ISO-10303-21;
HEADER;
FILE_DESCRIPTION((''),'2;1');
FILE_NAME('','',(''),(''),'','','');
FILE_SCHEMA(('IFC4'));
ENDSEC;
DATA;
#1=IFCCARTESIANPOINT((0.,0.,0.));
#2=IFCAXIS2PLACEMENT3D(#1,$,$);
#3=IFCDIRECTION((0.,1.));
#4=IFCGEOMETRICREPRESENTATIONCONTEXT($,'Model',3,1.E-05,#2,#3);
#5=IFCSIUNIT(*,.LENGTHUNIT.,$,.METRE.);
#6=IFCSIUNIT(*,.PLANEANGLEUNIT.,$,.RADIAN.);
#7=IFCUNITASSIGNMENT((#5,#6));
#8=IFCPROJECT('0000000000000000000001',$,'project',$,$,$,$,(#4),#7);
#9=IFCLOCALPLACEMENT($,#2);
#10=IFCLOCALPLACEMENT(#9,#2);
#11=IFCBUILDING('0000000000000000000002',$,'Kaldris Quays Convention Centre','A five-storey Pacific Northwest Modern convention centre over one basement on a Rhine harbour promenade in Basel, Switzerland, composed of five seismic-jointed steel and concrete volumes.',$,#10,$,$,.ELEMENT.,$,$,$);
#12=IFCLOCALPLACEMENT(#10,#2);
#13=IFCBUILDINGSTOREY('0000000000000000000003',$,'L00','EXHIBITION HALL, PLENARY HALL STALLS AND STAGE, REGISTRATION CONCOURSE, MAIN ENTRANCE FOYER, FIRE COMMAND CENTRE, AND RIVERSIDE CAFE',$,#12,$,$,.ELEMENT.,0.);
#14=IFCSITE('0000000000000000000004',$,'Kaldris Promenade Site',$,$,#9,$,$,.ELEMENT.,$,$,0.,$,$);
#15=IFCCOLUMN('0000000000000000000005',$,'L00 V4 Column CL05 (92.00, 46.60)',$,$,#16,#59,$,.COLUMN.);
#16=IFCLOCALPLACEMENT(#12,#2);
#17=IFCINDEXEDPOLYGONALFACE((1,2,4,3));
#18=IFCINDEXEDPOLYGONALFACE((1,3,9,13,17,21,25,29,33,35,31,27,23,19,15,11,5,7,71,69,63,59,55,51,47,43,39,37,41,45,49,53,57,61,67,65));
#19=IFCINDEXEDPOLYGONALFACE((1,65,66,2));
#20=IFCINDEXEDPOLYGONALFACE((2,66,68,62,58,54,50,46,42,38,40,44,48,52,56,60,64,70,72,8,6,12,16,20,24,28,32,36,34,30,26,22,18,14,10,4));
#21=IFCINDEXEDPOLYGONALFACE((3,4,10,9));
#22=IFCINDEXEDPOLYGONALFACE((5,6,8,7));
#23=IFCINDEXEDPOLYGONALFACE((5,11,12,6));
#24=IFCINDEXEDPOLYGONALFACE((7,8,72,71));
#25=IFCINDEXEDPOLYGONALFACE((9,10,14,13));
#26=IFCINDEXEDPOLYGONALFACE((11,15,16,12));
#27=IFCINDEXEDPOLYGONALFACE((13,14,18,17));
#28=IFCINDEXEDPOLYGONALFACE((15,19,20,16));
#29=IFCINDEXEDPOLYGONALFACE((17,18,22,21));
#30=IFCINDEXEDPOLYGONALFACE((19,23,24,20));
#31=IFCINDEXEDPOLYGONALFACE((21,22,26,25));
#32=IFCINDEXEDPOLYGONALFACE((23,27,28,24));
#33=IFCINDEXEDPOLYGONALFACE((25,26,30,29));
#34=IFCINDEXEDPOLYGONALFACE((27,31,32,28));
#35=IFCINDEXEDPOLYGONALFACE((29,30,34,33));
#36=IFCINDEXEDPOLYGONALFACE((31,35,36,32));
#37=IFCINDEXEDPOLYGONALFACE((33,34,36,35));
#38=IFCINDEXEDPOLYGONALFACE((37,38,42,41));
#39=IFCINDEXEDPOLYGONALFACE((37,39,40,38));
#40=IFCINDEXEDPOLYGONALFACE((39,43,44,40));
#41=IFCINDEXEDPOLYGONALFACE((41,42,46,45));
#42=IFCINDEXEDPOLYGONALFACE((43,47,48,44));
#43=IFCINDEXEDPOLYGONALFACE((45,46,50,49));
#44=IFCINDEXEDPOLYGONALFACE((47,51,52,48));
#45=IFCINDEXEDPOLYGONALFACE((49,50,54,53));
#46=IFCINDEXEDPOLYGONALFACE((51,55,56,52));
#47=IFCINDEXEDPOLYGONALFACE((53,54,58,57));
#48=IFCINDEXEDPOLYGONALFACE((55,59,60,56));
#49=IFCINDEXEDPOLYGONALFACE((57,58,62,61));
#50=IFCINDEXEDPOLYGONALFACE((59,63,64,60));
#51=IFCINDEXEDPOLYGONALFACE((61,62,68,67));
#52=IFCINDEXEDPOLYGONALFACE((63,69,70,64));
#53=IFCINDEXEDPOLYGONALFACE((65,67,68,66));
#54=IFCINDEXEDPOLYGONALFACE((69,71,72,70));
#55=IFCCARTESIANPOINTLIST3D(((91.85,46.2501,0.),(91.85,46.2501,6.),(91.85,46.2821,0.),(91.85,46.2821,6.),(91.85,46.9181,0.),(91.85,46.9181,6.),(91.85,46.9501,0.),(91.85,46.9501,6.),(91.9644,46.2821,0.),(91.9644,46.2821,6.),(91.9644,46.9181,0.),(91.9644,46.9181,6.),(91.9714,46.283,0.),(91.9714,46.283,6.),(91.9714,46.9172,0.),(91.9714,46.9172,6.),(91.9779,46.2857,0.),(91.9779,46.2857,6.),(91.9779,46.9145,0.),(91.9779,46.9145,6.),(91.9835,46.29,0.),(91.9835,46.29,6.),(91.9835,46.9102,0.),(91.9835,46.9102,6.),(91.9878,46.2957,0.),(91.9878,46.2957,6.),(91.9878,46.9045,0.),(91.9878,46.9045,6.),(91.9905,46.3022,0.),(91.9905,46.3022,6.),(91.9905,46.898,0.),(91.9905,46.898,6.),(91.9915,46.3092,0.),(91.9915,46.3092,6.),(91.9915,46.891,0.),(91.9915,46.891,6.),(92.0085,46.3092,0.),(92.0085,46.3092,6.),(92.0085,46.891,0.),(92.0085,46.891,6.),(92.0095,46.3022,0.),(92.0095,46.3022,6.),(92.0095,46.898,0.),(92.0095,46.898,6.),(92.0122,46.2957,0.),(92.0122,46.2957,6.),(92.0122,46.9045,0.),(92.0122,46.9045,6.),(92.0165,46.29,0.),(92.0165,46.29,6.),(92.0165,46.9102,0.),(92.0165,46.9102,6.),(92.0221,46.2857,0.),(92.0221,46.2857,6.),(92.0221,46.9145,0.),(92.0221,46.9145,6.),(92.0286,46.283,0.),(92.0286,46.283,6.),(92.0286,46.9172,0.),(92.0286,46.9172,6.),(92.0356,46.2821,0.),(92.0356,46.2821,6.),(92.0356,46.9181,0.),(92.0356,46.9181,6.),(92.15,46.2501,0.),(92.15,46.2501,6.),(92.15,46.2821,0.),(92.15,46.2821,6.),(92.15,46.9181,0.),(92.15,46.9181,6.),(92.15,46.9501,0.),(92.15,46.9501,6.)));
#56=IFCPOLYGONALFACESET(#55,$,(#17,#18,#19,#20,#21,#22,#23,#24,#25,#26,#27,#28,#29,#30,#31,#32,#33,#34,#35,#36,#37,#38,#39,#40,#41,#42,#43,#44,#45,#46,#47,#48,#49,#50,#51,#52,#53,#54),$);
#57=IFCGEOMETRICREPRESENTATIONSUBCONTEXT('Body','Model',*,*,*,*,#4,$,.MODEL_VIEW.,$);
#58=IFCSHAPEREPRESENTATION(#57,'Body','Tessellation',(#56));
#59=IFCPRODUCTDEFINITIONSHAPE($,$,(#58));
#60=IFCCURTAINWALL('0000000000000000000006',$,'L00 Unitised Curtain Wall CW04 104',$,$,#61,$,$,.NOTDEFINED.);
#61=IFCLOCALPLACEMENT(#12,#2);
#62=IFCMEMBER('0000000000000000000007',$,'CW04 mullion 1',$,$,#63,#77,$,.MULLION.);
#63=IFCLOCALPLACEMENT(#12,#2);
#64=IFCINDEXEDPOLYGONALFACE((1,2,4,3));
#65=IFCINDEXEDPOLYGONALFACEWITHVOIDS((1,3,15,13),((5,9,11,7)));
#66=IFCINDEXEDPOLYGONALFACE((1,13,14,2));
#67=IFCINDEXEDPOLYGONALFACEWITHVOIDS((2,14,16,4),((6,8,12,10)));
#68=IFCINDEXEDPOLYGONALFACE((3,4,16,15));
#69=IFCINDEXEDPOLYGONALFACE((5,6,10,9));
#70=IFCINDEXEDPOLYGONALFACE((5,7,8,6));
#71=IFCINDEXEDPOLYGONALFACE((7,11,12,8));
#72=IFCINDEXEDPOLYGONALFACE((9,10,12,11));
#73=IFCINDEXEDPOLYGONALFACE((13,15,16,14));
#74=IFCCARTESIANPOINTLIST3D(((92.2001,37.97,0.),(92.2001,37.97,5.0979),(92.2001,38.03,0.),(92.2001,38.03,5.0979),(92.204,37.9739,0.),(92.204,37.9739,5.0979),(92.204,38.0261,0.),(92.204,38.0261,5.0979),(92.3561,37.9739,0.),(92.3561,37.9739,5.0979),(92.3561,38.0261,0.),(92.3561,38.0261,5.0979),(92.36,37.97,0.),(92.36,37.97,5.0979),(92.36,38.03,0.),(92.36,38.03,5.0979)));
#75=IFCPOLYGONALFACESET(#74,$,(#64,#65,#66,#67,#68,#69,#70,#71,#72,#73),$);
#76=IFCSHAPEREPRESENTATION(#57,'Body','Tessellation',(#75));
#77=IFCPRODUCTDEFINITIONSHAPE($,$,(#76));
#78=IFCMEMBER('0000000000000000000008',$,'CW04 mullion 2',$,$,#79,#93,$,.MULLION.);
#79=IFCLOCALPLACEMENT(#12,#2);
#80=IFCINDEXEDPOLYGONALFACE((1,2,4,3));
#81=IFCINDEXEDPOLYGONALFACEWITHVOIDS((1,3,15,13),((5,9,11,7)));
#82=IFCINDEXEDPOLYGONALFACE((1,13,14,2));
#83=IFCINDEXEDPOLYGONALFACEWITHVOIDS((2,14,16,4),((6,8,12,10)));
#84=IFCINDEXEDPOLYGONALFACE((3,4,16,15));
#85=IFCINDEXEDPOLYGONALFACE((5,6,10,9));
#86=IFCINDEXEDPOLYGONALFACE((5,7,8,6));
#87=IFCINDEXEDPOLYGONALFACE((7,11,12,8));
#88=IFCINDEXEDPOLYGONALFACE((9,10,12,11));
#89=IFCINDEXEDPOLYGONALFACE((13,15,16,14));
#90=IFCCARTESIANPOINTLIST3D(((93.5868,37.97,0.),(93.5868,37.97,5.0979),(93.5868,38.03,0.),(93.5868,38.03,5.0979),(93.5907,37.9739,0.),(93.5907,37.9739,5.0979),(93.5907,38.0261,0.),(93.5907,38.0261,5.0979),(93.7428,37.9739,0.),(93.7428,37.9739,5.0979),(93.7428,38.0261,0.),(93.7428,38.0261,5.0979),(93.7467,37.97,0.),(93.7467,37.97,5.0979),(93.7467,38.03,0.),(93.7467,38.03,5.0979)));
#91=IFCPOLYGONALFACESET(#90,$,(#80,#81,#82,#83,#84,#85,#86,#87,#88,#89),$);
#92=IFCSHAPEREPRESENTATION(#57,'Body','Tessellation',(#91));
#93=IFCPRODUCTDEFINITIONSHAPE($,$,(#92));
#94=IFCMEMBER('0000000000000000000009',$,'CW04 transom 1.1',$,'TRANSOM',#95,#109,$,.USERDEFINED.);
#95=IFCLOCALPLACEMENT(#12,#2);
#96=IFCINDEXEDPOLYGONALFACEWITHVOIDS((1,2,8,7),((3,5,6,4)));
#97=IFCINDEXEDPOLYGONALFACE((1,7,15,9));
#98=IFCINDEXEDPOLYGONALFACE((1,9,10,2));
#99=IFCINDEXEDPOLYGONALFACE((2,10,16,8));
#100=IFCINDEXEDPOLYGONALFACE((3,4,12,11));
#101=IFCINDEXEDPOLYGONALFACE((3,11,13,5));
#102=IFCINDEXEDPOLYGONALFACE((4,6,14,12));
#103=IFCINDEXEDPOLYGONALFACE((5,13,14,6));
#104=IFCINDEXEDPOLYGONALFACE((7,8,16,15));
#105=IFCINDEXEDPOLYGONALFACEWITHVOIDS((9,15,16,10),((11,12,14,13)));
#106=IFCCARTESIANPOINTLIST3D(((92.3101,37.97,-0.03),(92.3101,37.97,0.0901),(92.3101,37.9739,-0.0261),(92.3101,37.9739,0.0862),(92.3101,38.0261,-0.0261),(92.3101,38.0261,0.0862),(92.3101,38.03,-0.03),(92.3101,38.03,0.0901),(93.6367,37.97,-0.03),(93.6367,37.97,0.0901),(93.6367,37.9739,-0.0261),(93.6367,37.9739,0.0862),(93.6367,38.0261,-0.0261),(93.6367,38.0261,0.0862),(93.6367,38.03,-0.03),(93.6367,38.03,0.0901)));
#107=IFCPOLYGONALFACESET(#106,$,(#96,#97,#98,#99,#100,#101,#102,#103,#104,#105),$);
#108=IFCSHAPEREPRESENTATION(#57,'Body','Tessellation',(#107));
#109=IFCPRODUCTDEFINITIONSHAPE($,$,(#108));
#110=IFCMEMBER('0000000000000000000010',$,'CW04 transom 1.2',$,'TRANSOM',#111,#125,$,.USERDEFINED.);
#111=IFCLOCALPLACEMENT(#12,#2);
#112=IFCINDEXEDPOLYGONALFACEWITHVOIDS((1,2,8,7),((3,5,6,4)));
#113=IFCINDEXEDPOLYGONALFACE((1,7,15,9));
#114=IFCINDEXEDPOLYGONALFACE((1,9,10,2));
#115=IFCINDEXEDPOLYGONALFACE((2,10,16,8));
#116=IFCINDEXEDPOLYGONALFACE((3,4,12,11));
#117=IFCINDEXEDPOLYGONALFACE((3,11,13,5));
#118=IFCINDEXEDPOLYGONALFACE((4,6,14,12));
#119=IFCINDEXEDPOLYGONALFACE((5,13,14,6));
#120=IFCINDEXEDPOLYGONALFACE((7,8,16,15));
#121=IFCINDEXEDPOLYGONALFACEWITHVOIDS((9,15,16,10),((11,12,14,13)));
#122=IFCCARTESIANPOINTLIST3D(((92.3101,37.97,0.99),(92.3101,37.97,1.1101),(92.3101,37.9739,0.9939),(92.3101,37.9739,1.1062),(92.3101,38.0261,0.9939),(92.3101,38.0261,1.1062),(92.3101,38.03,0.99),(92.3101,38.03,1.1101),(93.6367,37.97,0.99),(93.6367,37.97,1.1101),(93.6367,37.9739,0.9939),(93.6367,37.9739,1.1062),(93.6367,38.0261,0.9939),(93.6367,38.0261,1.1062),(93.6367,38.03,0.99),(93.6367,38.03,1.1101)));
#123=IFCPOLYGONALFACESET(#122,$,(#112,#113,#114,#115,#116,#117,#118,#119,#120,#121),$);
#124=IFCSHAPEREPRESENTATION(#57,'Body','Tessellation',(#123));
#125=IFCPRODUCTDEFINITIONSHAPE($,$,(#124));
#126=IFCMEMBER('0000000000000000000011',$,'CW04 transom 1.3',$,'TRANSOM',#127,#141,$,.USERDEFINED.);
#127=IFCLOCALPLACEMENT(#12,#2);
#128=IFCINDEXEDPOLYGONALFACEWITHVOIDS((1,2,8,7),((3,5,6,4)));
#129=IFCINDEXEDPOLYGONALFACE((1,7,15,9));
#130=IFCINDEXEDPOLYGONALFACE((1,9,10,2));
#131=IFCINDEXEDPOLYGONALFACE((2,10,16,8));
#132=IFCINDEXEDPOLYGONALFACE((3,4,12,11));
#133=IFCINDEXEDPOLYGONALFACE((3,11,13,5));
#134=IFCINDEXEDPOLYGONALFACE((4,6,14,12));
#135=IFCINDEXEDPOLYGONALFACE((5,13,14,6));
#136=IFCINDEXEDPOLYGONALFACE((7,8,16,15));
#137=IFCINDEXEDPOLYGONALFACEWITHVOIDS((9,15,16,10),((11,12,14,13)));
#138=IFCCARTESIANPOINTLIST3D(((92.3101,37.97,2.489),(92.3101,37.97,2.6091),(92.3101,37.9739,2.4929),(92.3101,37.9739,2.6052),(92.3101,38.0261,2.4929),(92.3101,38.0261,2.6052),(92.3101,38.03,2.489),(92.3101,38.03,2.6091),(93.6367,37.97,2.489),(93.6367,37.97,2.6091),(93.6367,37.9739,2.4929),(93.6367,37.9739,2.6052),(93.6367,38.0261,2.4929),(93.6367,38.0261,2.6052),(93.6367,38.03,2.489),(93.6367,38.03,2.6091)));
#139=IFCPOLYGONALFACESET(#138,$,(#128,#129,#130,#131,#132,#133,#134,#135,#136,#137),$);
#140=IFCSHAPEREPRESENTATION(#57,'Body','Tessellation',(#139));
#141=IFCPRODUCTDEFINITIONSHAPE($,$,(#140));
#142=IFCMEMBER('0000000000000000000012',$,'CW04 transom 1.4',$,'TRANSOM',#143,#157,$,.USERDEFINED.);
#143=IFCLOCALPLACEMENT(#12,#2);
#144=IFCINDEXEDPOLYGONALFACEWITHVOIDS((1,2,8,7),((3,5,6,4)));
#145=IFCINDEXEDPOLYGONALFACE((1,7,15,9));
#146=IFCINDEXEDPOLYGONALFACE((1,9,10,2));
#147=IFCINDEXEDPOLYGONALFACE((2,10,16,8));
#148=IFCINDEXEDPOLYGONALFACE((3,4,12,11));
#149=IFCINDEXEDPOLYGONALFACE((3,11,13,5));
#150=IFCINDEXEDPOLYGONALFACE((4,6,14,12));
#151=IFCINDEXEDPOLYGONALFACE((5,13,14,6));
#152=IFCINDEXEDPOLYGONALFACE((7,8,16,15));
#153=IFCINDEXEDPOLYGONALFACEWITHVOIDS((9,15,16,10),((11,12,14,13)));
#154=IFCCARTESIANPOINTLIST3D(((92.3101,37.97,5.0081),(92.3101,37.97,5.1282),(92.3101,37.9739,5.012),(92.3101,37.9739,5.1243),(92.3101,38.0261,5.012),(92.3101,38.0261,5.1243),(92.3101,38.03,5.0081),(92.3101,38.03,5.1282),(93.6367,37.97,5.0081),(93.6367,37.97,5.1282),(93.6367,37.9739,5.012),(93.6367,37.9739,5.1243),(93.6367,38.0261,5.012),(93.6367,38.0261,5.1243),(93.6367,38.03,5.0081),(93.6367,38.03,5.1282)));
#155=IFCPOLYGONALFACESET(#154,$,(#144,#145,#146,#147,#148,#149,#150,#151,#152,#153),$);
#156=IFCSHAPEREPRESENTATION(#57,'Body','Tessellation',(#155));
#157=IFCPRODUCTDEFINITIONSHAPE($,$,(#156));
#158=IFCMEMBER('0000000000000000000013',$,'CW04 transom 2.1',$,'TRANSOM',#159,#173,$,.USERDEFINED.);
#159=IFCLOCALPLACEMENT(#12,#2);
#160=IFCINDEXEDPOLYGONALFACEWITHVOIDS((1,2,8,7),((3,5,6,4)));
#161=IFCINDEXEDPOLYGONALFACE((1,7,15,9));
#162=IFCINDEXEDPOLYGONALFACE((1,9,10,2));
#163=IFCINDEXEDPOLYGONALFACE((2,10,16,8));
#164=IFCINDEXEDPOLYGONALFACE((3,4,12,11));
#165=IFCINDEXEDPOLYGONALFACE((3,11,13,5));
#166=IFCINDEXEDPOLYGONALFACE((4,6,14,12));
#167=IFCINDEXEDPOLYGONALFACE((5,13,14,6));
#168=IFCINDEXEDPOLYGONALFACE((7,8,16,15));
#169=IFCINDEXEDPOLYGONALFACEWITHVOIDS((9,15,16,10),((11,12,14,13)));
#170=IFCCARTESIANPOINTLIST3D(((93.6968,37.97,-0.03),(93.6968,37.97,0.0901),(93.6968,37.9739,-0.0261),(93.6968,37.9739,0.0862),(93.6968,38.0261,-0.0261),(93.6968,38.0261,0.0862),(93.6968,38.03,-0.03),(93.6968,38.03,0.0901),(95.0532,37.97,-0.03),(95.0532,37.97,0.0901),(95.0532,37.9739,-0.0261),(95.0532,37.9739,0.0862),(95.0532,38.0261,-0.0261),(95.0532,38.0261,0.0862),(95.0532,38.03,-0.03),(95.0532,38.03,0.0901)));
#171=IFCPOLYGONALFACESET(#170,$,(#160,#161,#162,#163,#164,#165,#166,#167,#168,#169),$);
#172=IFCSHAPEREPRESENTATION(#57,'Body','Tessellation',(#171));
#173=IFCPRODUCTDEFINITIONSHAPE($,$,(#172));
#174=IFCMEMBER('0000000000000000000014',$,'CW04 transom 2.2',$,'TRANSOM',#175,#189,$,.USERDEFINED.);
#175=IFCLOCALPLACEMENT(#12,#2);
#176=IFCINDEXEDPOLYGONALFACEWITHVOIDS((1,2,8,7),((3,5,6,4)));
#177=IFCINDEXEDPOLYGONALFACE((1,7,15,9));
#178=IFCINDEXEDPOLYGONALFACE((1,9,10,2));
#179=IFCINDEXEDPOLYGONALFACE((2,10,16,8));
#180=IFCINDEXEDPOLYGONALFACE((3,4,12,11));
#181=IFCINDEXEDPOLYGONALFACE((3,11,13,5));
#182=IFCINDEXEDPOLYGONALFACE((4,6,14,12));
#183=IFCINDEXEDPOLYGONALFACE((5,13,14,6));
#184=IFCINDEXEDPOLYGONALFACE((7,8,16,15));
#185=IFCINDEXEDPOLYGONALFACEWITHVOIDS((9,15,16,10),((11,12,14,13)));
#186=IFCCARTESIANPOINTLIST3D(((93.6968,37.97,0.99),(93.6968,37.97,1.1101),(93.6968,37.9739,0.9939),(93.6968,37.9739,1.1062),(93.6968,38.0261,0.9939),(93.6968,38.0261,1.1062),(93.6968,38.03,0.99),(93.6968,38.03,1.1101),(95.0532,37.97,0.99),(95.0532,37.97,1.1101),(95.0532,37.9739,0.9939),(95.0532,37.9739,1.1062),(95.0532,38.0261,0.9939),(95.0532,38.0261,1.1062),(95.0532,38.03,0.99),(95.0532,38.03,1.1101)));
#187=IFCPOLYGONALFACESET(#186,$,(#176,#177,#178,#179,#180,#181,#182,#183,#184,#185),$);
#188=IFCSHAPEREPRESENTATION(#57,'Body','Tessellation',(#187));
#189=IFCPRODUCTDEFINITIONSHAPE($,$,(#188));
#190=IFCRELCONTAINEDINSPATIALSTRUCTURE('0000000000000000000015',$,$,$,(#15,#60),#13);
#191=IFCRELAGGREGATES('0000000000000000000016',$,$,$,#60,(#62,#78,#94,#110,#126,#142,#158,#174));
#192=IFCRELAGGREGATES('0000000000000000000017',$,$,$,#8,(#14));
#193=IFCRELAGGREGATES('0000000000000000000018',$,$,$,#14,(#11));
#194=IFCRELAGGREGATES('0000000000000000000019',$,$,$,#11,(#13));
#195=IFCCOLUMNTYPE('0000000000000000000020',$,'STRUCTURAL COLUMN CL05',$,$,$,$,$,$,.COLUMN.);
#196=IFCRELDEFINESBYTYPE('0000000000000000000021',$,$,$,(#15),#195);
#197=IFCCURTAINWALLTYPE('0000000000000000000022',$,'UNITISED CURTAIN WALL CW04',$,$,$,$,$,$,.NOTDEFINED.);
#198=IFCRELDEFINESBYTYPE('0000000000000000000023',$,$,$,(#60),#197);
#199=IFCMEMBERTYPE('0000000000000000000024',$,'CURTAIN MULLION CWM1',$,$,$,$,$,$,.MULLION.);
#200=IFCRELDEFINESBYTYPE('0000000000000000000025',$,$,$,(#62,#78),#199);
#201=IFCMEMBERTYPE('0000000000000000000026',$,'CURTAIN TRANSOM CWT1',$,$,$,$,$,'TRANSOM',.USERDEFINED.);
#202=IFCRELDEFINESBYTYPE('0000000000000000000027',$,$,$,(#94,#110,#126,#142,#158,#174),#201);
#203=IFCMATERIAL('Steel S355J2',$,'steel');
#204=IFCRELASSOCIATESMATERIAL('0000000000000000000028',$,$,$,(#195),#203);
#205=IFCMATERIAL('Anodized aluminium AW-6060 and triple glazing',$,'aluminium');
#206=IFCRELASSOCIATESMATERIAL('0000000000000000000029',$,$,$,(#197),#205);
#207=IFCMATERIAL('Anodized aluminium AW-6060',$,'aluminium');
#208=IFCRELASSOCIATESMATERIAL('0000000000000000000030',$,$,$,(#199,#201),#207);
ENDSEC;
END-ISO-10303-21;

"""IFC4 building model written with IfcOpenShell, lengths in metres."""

from ifc_helpers import new_model, si_unit, direction, frame, origin, origin_2d, place, context, subcontext, project, spatial, hollow_rectangle, i_section, extrude, material, material_profile, profile_set, type_object, element, aggregate, save


model = new_model("IFC4")

# Units and contexts
model_context = context("Model", 3, precision=1e-05, world=origin(), true_north=direction((0.0, 1.0)))
body_context = subcontext(model_context, "Body", "Model", "MODEL_VIEW")
ifc_project = project(units=[si_unit("LENGTHUNIT", "METRE"), si_unit("PLANEANGLEUNIT", "RADIAN")], contexts=[model_context])

# Site, building, storey
site_placement = place(None, origin())
site = spatial("IfcSite", under=ifc_project, at=site_placement, Name="Kaldris Promenade Site", CompositionType="ELEMENT", RefElevation=0.0)
building_placement = place(site_placement, origin())
building = spatial("IfcBuilding", under=site, at=building_placement, Name="Kaldris Quays Convention Centre", Description="A five-storey Pacific Northwest Modern convention centre over one basement on a Rhine harbour promenade in Basel, Switzerland, composed of five seismic-jointed steel and concrete volumes.", CompositionType="ELEMENT")
storey_placement = place(building_placement, origin())
storey = spatial("IfcBuildingStorey", under=building, at=storey_placement, Name="L00", Description="EXHIBITION HALL, PLENARY HALL STALLS AND STAGE, REGISTRATION CONCOURSE, MAIN ENTRANCE FOYER, FIRE COMMAND CENTRE, AND RIVERSIDE CAFE", CompositionType="ELEMENT", Elevation=0.0)

# Column
ifc_material_1 = material(Name="Steel S355J2", Category="steel")
ifc_material_profile_1 = material_profile(ifc_material_1, i_section(OverallWidth=0.3, OverallDepth=0.7, WebThickness=0.0171, FlangeThickness=0.032, FilletRadius=0.0271, at=origin_2d()), Name="HEB 700")
ifc_profile_set_1 = profile_set([ifc_material_profile_1], Name="Steel S355J2")
column_type = type_object("IfcColumnType", Name="STRUCTURAL COLUMN CL05", PredefinedType="COLUMN", material=ifc_profile_set_1)
column_placement = place(storey_placement, frame((92.0, 46.6001, 0.0), z_axis=(0.0, 0.0, 1.0), x_axis=(1.0, 0.0, 0.0)))
element("IfcColumn", 1, at=column_placement, inside=storey, type_object=column_type, Name="L00 V4 Column CL05 (92.00, 46.60)", PredefinedType="COLUMN", context=body_context, shape_type="SweptSolid", body=[
    extrude(i_section(OverallWidth=0.3, OverallDepth=0.7, WebThickness=0.0171, FlangeThickness=0.032, FilletRadius=0.0271, at=origin_2d()), origin(), (0.0, 0.0, 1.0), 6.0),
])

# Curtain wall, members
ifc_material_2 = material(Name="Anodized aluminium AW-6060 and triple glazing", Category="aluminium")
curtain_wall_type = type_object("IfcCurtainWallType", Name="UNITISED CURTAIN WALL CW04", PredefinedType="NOTDEFINED", material=ifc_material_2)
curtain_wall_placement = place(storey_placement, origin())
curtain_wall = element("IfcCurtainWall", 2, at=curtain_wall_placement, inside=storey, type_object=curtain_wall_type, Name="L00 Unitised Curtain Wall CW04 104", PredefinedType="NOTDEFINED")
ifc_material_3 = material(Name="Anodized aluminium AW-6060", Category="aluminium")
ifc_material_profile_2 = material_profile(ifc_material_3, hollow_rectangle(XDim=0.0601, YDim=0.1599, WallThickness=0.0039, at=origin_2d()), Name="RHS 160x60x4")
ifc_profile_set_2 = profile_set([ifc_material_profile_2], Name="Anodized aluminium AW-6060")
member_type_1 = type_object("IfcMemberType", Name="CURTAIN MULLION CWM1", PredefinedType="MULLION", material=ifc_profile_set_2)
member_1_placement = place(storey_placement, frame((92.28, 38.0, 0.0), z_axis=(0.0, 0.0, 1.0), x_axis=(0.0, 1.0, 0.0)))
member_1 = element("IfcMember", 3, at=member_1_placement, type_object=member_type_1, Name="CW04 mullion 1", PredefinedType="MULLION", context=body_context, shape_type="SweptSolid", body=[
    extrude(hollow_rectangle(XDim=0.0601, YDim=0.1599, WallThickness=0.0039, at=origin_2d()), origin(), (0.0, 0.0, 1.0), 5.0979),
])
member_2_placement = place(storey_placement, frame((93.6667, 38.0, 0.0), z_axis=(0.0, 0.0, 1.0), x_axis=(0.0, 1.0, 0.0)))
member_2 = element("IfcMember", 4, at=member_2_placement, type_object=member_type_1, Name="CW04 mullion 2", PredefinedType="MULLION", context=body_context, shape_type="SweptSolid", body=[
    extrude(hollow_rectangle(XDim=0.0601, YDim=0.1599, WallThickness=0.0039, at=origin_2d()), origin(), (0.0, 0.0, 1.0), 5.0979),
])
ifc_material_profile_3 = material_profile(ifc_material_3, hollow_rectangle(XDim=0.0601, YDim=0.1201, WallThickness=0.0039, at=origin_2d()), Name="RHS 120x60x4")
ifc_profile_set_3 = profile_set([ifc_material_profile_3], Name="Anodized aluminium AW-6060")
member_type_2 = type_object("IfcMemberType", Name="CURTAIN TRANSOM CWT1", ElementType="TRANSOM", PredefinedType="USERDEFINED", material=ifc_profile_set_3)
member_3_placement = place(storey_placement, frame((92.3101, 38.0, 0.03), z_axis=(1.0, 0.0, 0.0), x_axis=(0.0, 1.0, 0.0)))
member_3 = element("IfcMember", 5, at=member_3_placement, type_object=member_type_2, Name="CW04 transom 1.1", ObjectType="TRANSOM", PredefinedType="USERDEFINED", context=body_context, shape_type="SweptSolid", body=[
    extrude(hollow_rectangle(XDim=0.0601, YDim=0.1201, WallThickness=0.0039, at=origin_2d()), origin(), (0.0, 0.0, 1.0), 1.3267),
])
member_4_placement = place(storey_placement, frame((92.3101, 38.0, 1.05), z_axis=(1.0, 0.0, 0.0), x_axis=(0.0, 1.0, 0.0)))
member_4 = element("IfcMember", 6, at=member_4_placement, type_object=member_type_2, Name="CW04 transom 1.2", ObjectType="TRANSOM", PredefinedType="USERDEFINED", context=body_context, shape_type="SweptSolid", body=[
    extrude(hollow_rectangle(XDim=0.0601, YDim=0.1201, WallThickness=0.0039, at=origin_2d()), origin(), (0.0, 0.0, 1.0), 1.3267),
])
member_5_placement = place(storey_placement, frame((92.3101, 38.0, 2.5491), z_axis=(1.0, 0.0, 0.0), x_axis=(0.0, 1.0, 0.0)))
member_5 = element("IfcMember", 7, at=member_5_placement, type_object=member_type_2, Name="CW04 transom 1.3", ObjectType="TRANSOM", PredefinedType="USERDEFINED", context=body_context, shape_type="SweptSolid", body=[
    extrude(hollow_rectangle(XDim=0.0601, YDim=0.1201, WallThickness=0.0039, at=origin_2d()), origin(), (0.0, 0.0, 1.0), 1.3267),
])
member_6_placement = place(storey_placement, frame((92.3101, 38.0, 5.0681), z_axis=(1.0, 0.0, 0.0), x_axis=(0.0, 1.0, 0.0)))
member_6 = element("IfcMember", 8, at=member_6_placement, type_object=member_type_2, Name="CW04 transom 1.4", ObjectType="TRANSOM", PredefinedType="USERDEFINED", context=body_context, shape_type="SweptSolid", body=[
    extrude(hollow_rectangle(XDim=0.0601, YDim=0.1201, WallThickness=0.0039, at=origin_2d()), origin(), (0.0, 0.0, 1.0), 1.3267),
])
member_7_placement = place(storey_placement, frame((93.6968, 38.0, 0.03), z_axis=(1.0, 0.0, 0.0), x_axis=(0.0, 1.0, 0.0)))
member_7 = element("IfcMember", 9, at=member_7_placement, type_object=member_type_2, Name="CW04 transom 2.1", ObjectType="TRANSOM", PredefinedType="USERDEFINED", context=body_context, shape_type="SweptSolid", body=[
    extrude(hollow_rectangle(XDim=0.0601, YDim=0.1201, WallThickness=0.0039, at=origin_2d()), origin(), (0.0, 0.0, 1.0), 1.3564),
])
member_8_placement = place(storey_placement, frame((93.6968, 38.0, 1.05), z_axis=(1.0, 0.0, 0.0), x_axis=(0.0, 1.0, 0.0)))
member_8 = element("IfcMember", 10, at=member_8_placement, type_object=member_type_2, Name="CW04 transom 2.2", ObjectType="TRANSOM", PredefinedType="USERDEFINED", context=body_context, shape_type="SweptSolid", body=[
    extrude(hollow_rectangle(XDim=0.0601, YDim=0.1201, WallThickness=0.0039, at=origin_2d()), origin(), (0.0, 0.0, 1.0), 1.3564),
])

aggregate(curtain_wall, [member_1, member_2, member_3, member_4, member_5, member_6, member_7, member_8])

save(model, "model.ifc")
